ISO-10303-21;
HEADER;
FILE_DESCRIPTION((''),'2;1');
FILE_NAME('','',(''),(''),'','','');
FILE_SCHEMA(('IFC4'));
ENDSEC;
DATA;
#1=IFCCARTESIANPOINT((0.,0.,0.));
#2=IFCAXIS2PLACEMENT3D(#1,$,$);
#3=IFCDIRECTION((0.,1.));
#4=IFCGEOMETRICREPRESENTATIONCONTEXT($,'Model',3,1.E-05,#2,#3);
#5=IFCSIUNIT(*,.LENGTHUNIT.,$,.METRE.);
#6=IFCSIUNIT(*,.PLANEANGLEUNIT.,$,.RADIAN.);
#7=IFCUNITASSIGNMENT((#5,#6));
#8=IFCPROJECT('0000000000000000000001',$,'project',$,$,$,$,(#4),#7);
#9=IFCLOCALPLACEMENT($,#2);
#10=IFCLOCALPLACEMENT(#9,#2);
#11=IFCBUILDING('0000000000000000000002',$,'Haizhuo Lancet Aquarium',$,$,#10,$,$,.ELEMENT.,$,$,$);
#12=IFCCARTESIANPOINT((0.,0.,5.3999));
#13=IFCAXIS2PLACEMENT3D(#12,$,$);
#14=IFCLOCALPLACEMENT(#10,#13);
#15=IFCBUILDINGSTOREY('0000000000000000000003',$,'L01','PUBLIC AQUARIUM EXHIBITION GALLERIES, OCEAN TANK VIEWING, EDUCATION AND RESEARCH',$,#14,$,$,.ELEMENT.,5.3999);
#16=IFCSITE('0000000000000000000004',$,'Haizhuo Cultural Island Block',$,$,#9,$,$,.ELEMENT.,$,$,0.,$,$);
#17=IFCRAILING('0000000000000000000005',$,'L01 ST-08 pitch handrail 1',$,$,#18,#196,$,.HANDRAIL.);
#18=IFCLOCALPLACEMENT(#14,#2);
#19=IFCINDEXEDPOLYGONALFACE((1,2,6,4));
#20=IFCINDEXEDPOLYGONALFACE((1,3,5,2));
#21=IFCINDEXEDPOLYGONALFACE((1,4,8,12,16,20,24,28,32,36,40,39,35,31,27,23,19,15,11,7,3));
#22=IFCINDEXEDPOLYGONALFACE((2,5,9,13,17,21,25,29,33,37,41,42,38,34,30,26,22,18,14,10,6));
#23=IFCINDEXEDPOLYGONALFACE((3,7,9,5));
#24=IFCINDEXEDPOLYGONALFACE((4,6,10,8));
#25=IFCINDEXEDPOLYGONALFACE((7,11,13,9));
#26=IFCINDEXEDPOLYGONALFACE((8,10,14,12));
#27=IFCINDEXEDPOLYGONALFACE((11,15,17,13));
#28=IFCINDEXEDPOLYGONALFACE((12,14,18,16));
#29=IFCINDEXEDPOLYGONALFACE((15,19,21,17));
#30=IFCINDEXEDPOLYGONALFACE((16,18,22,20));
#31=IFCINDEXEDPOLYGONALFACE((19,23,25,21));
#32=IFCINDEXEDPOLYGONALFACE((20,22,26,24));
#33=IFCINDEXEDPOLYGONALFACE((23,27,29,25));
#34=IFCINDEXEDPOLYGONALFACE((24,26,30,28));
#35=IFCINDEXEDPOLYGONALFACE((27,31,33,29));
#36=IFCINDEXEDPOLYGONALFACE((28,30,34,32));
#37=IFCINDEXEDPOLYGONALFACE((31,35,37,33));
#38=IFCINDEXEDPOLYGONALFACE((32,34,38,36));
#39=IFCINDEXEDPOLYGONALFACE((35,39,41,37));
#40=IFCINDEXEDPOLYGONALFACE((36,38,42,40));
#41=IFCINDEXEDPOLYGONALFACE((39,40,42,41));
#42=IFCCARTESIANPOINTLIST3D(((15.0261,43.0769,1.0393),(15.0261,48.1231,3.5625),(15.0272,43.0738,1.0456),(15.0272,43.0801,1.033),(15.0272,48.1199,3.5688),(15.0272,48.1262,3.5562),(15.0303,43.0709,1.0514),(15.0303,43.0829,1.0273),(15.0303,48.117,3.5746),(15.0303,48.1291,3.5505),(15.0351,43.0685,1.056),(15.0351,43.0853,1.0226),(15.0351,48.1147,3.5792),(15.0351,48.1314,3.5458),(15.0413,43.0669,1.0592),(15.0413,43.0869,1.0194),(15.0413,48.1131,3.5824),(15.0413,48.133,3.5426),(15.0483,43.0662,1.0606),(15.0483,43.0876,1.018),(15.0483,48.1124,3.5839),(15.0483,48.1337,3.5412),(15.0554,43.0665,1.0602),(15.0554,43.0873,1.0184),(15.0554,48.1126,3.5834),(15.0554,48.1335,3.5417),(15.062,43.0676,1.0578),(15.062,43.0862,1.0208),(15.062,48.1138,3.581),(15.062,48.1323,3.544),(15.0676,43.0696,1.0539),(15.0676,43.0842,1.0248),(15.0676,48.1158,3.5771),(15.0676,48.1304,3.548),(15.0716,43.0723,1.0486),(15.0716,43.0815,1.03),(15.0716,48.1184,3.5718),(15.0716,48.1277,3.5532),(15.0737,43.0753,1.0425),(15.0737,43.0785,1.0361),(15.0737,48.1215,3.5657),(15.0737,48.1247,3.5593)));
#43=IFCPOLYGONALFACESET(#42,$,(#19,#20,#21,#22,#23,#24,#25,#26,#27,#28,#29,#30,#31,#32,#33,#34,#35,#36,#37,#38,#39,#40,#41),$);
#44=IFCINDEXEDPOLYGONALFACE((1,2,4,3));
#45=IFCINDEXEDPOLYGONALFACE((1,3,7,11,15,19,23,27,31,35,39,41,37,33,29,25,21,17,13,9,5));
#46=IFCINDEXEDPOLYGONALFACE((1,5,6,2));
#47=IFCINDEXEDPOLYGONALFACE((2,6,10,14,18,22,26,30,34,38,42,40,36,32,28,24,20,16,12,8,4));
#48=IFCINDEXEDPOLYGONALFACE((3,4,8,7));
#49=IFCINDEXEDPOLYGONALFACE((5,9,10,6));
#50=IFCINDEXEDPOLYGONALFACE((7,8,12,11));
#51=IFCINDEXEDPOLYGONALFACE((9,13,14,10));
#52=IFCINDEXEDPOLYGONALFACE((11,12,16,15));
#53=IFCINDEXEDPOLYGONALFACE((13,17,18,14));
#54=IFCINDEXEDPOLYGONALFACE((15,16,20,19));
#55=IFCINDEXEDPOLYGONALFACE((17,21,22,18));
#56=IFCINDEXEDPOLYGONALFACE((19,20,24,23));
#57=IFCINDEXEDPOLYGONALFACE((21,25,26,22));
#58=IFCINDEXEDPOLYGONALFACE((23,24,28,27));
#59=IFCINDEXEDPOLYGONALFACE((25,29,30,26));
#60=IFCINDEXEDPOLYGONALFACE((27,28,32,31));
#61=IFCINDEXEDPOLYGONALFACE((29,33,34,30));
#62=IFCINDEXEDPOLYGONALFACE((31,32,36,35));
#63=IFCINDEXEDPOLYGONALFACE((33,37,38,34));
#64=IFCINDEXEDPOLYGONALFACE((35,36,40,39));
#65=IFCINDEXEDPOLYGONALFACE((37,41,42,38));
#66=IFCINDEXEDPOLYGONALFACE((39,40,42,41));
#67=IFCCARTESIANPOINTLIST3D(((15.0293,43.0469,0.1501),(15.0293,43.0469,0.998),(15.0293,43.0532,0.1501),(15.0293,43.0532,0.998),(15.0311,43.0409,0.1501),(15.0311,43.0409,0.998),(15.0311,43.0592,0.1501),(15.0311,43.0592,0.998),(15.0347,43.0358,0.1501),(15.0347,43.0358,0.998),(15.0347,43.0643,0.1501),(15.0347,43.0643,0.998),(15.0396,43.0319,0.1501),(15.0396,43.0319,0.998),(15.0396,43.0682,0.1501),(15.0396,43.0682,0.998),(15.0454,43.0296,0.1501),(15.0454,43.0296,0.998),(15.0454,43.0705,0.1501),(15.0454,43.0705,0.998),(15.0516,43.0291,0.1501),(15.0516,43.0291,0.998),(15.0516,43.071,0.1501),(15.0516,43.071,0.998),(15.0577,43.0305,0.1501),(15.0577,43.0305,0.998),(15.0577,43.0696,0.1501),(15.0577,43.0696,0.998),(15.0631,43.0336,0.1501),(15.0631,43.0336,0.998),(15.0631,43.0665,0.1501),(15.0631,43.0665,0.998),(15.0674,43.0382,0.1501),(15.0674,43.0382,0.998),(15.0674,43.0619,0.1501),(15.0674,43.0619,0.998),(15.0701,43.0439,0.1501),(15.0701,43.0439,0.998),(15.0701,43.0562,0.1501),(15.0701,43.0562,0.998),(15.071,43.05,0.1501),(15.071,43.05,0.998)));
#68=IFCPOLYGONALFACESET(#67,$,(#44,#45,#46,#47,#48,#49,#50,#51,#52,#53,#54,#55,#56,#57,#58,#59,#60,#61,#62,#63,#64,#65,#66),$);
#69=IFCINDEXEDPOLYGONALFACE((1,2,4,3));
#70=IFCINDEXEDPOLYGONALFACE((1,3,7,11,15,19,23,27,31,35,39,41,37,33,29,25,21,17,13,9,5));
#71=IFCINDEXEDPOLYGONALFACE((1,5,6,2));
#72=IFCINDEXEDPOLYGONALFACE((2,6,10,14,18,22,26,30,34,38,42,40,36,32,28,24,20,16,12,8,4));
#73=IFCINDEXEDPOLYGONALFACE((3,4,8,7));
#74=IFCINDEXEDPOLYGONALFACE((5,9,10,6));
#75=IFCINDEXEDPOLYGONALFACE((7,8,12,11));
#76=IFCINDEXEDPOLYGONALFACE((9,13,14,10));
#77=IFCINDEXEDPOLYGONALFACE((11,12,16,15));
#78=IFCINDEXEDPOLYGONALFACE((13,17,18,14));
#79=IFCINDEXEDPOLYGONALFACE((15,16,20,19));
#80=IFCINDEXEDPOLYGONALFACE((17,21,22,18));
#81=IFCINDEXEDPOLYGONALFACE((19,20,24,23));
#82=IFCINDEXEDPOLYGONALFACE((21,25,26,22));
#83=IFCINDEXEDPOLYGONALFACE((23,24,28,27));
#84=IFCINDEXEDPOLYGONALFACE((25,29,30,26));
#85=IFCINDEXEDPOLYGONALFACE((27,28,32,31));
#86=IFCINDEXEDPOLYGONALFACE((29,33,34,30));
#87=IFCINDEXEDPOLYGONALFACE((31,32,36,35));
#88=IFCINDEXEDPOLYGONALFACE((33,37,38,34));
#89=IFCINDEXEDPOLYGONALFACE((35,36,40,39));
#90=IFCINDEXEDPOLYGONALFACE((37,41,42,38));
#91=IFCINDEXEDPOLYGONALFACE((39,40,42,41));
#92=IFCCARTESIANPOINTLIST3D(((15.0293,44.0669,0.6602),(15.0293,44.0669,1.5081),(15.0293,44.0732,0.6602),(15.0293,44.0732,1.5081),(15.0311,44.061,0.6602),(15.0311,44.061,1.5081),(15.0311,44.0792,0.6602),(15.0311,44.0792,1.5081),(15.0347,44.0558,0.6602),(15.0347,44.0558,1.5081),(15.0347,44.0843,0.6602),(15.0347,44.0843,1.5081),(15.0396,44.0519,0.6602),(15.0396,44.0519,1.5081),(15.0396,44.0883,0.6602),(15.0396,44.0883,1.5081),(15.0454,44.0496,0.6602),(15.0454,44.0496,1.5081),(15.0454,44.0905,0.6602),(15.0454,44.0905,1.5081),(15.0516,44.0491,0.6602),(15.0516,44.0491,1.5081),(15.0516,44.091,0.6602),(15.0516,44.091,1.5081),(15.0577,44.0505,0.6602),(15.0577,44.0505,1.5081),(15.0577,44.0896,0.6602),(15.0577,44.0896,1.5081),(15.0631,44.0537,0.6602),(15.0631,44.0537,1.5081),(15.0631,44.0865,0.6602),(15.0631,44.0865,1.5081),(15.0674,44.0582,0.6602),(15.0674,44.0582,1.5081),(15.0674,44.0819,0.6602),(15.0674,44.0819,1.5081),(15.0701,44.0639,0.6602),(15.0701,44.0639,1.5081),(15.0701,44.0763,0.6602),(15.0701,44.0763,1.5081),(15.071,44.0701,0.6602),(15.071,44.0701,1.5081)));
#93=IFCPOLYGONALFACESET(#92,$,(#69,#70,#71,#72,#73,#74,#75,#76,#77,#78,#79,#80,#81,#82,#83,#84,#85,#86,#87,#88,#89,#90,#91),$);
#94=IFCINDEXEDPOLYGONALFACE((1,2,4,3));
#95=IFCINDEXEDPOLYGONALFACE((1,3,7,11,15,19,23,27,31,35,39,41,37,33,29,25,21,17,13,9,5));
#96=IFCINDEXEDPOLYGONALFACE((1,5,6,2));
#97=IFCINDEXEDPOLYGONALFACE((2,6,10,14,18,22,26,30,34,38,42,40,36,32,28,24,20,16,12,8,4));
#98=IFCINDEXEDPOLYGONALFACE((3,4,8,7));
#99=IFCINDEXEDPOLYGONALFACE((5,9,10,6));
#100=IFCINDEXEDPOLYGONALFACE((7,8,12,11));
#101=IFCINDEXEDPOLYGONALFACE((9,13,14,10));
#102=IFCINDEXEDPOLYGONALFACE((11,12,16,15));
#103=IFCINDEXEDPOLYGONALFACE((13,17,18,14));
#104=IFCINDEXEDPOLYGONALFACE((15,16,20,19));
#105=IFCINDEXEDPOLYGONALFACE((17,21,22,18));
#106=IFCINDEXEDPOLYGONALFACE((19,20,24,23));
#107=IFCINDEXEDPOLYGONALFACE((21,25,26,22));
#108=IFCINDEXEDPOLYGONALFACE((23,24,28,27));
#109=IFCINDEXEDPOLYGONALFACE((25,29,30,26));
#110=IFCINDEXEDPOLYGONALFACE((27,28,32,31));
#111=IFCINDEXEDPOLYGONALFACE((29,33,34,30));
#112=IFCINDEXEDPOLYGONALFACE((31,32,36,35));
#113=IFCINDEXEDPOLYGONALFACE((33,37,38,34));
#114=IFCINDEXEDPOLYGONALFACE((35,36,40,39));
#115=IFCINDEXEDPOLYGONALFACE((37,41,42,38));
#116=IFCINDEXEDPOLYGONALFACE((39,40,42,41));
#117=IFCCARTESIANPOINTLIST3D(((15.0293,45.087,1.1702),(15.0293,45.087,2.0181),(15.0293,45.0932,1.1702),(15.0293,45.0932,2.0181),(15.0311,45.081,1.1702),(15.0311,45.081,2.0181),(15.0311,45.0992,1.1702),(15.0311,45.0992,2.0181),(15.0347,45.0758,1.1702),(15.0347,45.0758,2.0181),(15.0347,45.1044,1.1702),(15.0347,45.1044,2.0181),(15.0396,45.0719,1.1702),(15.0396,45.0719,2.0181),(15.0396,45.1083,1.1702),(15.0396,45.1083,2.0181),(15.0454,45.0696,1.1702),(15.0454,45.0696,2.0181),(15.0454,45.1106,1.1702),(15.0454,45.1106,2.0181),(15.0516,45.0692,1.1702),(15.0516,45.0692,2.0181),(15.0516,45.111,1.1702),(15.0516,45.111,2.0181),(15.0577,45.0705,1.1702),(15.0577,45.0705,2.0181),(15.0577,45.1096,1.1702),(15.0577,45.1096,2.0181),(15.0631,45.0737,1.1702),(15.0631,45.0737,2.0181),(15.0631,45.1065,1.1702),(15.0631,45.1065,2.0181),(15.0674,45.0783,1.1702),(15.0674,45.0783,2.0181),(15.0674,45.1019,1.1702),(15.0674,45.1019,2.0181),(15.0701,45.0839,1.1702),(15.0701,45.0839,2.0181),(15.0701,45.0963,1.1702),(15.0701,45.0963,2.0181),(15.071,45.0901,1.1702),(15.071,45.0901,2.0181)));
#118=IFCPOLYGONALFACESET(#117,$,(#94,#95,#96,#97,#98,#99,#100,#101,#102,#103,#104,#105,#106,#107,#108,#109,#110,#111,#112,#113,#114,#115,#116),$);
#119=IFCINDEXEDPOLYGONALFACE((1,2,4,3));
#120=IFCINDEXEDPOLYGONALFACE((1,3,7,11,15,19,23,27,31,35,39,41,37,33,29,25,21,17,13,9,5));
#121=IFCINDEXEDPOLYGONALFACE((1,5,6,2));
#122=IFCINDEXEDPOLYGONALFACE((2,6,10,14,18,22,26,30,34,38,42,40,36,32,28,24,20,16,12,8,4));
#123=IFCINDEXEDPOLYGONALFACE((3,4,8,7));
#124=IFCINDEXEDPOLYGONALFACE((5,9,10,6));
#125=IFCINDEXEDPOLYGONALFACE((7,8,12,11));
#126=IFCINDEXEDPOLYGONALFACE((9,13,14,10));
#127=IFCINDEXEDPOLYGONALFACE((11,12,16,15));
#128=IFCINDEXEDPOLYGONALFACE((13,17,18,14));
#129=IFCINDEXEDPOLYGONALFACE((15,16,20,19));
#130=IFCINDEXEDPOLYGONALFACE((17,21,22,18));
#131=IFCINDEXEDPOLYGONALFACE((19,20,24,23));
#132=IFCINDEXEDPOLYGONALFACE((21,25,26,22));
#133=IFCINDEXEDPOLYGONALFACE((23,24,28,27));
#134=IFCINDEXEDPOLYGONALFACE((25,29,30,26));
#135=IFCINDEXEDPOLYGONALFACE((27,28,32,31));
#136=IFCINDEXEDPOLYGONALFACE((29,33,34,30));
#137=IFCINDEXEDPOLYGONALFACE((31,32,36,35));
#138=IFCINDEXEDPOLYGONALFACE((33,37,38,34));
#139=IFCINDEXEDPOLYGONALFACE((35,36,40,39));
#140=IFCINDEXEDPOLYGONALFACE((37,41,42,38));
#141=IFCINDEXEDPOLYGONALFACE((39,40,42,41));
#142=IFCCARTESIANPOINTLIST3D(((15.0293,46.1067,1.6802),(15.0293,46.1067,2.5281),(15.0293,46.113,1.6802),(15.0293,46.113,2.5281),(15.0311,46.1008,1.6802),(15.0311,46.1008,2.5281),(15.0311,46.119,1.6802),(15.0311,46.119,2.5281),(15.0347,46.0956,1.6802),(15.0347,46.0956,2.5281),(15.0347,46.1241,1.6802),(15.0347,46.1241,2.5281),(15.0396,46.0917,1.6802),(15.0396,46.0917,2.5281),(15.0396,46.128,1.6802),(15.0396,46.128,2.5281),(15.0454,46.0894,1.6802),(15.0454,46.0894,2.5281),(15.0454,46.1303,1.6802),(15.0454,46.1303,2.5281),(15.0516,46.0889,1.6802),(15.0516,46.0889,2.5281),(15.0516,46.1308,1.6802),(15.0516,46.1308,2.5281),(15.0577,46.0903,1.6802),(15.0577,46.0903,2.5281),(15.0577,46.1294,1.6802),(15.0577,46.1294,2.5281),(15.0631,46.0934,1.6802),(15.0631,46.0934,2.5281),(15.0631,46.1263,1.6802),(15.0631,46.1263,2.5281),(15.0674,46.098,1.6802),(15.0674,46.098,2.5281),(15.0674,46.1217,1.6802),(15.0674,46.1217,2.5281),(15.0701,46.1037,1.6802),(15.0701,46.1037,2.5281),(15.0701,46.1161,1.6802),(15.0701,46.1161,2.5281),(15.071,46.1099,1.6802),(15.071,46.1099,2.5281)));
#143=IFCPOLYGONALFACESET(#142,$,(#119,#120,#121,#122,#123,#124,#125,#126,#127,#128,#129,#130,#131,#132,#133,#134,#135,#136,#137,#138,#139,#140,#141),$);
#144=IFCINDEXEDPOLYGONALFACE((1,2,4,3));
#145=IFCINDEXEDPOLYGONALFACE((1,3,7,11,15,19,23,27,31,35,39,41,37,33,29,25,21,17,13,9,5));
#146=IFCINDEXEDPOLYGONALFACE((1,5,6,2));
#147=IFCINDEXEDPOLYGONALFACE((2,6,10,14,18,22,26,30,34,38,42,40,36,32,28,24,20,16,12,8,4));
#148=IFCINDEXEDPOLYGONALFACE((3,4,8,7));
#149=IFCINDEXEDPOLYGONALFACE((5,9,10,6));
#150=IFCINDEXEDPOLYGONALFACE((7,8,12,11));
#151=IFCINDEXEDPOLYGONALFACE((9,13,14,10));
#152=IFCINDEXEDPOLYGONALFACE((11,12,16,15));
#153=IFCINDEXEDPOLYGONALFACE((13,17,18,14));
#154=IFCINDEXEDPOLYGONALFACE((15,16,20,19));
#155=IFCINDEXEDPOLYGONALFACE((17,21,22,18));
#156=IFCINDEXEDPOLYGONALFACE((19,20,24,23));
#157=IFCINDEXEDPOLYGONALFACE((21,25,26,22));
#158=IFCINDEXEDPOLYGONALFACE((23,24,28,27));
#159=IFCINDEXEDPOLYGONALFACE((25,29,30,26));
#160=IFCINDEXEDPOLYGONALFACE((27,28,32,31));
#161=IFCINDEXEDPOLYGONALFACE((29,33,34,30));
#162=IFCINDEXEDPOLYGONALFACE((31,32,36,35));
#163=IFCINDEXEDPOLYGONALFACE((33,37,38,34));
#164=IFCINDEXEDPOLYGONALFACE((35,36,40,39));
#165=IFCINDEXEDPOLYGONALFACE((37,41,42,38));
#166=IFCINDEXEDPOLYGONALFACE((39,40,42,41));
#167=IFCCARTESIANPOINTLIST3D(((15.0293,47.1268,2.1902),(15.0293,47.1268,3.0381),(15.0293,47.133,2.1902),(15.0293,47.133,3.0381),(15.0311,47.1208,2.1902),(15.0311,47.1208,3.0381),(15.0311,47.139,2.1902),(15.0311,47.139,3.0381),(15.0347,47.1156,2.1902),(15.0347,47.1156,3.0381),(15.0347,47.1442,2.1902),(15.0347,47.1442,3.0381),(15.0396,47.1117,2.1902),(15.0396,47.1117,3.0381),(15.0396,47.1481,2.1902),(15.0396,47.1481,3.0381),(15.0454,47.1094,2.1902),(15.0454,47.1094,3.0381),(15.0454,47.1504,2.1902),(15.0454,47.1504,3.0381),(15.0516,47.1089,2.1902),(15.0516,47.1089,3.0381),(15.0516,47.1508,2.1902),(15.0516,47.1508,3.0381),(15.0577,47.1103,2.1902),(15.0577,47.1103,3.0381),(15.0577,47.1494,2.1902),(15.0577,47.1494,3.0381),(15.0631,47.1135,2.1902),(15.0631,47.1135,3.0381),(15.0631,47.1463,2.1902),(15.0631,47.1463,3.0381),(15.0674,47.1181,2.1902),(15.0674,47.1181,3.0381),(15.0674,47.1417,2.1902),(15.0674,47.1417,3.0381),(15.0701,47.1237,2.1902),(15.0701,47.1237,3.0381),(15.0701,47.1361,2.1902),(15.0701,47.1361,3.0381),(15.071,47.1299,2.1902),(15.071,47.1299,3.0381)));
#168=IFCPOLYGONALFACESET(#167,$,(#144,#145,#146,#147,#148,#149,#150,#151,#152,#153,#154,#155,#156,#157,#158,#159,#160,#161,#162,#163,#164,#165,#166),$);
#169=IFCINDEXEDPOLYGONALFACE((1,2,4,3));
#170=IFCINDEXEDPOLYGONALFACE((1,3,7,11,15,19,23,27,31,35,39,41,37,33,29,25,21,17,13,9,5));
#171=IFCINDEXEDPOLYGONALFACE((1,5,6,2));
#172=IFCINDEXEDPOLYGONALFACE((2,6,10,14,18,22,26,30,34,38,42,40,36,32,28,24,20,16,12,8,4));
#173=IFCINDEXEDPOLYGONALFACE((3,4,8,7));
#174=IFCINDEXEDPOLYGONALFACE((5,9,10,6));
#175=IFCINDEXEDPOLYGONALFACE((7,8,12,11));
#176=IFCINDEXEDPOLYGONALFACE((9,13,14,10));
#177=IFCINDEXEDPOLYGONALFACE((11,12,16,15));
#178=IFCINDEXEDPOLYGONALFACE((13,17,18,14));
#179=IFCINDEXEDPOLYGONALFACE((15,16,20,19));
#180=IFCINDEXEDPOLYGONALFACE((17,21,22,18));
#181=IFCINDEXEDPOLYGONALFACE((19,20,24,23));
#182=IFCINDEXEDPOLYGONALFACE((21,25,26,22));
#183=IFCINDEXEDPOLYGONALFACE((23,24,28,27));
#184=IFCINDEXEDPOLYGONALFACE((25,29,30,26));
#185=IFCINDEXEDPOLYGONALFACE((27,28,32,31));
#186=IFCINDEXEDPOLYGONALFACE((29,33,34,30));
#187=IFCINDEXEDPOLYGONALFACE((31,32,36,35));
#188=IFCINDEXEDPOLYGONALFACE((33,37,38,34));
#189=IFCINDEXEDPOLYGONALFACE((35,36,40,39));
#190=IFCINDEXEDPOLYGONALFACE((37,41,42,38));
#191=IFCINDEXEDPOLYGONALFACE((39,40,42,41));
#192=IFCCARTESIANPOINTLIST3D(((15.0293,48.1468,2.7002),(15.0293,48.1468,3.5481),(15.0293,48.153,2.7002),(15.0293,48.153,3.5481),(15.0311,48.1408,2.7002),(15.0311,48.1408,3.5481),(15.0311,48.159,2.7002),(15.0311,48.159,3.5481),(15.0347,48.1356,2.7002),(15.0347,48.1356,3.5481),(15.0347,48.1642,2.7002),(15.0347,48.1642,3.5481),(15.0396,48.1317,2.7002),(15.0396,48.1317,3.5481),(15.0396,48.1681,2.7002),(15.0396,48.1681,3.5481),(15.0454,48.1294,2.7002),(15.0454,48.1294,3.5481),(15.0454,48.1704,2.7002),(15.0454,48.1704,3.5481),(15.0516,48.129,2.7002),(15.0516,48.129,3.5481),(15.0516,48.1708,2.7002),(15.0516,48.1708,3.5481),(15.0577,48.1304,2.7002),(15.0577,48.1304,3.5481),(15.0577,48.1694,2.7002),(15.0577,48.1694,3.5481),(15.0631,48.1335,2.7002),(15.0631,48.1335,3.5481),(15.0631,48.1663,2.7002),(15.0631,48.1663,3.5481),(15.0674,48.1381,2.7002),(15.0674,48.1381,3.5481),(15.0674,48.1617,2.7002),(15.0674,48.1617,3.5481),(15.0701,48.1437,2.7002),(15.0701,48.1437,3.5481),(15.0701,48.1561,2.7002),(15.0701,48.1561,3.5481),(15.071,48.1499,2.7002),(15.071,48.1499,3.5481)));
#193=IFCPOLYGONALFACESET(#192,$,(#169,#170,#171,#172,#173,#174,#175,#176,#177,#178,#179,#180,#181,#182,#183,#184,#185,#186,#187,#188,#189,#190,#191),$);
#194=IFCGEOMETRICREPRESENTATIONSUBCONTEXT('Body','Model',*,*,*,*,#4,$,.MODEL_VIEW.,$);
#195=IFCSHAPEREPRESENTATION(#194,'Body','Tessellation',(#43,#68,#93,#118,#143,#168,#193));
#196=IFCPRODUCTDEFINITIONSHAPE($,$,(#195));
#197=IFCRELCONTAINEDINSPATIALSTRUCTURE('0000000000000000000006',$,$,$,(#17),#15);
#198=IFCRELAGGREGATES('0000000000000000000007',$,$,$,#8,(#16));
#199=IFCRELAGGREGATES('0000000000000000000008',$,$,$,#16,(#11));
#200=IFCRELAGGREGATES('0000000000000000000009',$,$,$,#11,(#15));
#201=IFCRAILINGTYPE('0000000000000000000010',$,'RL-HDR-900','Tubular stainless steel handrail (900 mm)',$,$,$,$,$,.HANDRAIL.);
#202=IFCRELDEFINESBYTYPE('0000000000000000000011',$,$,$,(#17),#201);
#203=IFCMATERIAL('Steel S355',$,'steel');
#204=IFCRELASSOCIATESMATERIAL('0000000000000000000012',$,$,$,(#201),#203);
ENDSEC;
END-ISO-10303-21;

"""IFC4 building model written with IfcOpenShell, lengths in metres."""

from ifc_helpers import new_model, si_unit, direction, frame, origin, origin_2d, place, context, subcontext, project, spatial, circle, extrude, material, type_object, element, save


model = new_model("IFC4")

# Units and contexts
model_context = context("Model", 3, precision=1e-05, world=origin(), true_north=direction((0.0, 1.0)))
body_context = subcontext(model_context, "Body", "Model", "MODEL_VIEW")
ifc_project = project(units=[si_unit("LENGTHUNIT", "METRE"), si_unit("PLANEANGLEUNIT", "RADIAN")], contexts=[model_context])

# Site, building, storey
site_placement = place(None, origin())
site = spatial("IfcSite", under=ifc_project, at=site_placement, Name="Haizhuo Cultural Island Block", CompositionType="ELEMENT", RefElevation=0.0)
building_placement = place(site_placement, origin())
building = spatial("IfcBuilding", under=site, at=building_placement, Name="Haizhuo Lancet Aquarium", CompositionType="ELEMENT")
storey_placement = place(building_placement, frame((0.0, 0.0, 5.3999)))
storey = spatial("IfcBuildingStorey", under=building, at=storey_placement, Name="L01", Description="PUBLIC AQUARIUM EXHIBITION GALLERIES, OCEAN TANK VIEWING, EDUCATION AND RESEARCH", CompositionType="ELEMENT", Elevation=5.3999)

# Shared definitions
ifc_material_1 = material(Name="Steel S355", Category="steel")

# Railing
railing_type_1 = type_object("IfcRailingType", Name="RL-HDR-900", Description="Tubular stainless steel handrail (900 mm)", PredefinedType="HANDRAIL", material=ifc_material_1)
railing_1_placement = place(storey_placement, frame((15.05, 43.05, 0.1501)))
element("IfcRailing", 1, at=railing_1_placement, inside=storey, type_object=railing_type_1, Name="L01 ST-08 pitch handrail 1", PredefinedType="HANDRAIL", context=body_context, shape_type="SweptSolid", body=[
    extrude(circle(Radius=0.0239, at=origin_2d()), frame((0.0, 0.0269, 0.8892), z_axis=(0.0, 0.894419, 0.447231), x_axis=(-1.0, 0.0, 0.0)), (0.0, 0.0, 1.0), 5.6418),
    extrude(circle(Radius=0.021, at=origin_2d()), origin(), (0.0, 0.0, 1.0), 0.8479),
    extrude(circle(Radius=0.021, at=origin_2d()), frame((0.0, 1.02, 0.51)), (0.0, 0.0, 1.0), 0.8479),
    extrude(circle(Radius=0.021, at=origin_2d()), frame((0.0, 2.04, 1.02)), (0.0, 0.0, 1.0), 0.8479),
    extrude(circle(Radius=0.021, at=origin_2d()), frame((0.0, 3.0598, 1.53)), (0.0, 0.0, 1.0), 0.8479),
    extrude(circle(Radius=0.021, at=origin_2d()), frame((0.0, 4.0798, 2.04)), (0.0, 0.0, 1.0), 0.8479),
    extrude(circle(Radius=0.021, at=origin_2d()), frame((0.0, 5.0999, 2.55)), (0.0, 0.0, 1.0), 0.8479),
])

save(model, "model.ifc")
